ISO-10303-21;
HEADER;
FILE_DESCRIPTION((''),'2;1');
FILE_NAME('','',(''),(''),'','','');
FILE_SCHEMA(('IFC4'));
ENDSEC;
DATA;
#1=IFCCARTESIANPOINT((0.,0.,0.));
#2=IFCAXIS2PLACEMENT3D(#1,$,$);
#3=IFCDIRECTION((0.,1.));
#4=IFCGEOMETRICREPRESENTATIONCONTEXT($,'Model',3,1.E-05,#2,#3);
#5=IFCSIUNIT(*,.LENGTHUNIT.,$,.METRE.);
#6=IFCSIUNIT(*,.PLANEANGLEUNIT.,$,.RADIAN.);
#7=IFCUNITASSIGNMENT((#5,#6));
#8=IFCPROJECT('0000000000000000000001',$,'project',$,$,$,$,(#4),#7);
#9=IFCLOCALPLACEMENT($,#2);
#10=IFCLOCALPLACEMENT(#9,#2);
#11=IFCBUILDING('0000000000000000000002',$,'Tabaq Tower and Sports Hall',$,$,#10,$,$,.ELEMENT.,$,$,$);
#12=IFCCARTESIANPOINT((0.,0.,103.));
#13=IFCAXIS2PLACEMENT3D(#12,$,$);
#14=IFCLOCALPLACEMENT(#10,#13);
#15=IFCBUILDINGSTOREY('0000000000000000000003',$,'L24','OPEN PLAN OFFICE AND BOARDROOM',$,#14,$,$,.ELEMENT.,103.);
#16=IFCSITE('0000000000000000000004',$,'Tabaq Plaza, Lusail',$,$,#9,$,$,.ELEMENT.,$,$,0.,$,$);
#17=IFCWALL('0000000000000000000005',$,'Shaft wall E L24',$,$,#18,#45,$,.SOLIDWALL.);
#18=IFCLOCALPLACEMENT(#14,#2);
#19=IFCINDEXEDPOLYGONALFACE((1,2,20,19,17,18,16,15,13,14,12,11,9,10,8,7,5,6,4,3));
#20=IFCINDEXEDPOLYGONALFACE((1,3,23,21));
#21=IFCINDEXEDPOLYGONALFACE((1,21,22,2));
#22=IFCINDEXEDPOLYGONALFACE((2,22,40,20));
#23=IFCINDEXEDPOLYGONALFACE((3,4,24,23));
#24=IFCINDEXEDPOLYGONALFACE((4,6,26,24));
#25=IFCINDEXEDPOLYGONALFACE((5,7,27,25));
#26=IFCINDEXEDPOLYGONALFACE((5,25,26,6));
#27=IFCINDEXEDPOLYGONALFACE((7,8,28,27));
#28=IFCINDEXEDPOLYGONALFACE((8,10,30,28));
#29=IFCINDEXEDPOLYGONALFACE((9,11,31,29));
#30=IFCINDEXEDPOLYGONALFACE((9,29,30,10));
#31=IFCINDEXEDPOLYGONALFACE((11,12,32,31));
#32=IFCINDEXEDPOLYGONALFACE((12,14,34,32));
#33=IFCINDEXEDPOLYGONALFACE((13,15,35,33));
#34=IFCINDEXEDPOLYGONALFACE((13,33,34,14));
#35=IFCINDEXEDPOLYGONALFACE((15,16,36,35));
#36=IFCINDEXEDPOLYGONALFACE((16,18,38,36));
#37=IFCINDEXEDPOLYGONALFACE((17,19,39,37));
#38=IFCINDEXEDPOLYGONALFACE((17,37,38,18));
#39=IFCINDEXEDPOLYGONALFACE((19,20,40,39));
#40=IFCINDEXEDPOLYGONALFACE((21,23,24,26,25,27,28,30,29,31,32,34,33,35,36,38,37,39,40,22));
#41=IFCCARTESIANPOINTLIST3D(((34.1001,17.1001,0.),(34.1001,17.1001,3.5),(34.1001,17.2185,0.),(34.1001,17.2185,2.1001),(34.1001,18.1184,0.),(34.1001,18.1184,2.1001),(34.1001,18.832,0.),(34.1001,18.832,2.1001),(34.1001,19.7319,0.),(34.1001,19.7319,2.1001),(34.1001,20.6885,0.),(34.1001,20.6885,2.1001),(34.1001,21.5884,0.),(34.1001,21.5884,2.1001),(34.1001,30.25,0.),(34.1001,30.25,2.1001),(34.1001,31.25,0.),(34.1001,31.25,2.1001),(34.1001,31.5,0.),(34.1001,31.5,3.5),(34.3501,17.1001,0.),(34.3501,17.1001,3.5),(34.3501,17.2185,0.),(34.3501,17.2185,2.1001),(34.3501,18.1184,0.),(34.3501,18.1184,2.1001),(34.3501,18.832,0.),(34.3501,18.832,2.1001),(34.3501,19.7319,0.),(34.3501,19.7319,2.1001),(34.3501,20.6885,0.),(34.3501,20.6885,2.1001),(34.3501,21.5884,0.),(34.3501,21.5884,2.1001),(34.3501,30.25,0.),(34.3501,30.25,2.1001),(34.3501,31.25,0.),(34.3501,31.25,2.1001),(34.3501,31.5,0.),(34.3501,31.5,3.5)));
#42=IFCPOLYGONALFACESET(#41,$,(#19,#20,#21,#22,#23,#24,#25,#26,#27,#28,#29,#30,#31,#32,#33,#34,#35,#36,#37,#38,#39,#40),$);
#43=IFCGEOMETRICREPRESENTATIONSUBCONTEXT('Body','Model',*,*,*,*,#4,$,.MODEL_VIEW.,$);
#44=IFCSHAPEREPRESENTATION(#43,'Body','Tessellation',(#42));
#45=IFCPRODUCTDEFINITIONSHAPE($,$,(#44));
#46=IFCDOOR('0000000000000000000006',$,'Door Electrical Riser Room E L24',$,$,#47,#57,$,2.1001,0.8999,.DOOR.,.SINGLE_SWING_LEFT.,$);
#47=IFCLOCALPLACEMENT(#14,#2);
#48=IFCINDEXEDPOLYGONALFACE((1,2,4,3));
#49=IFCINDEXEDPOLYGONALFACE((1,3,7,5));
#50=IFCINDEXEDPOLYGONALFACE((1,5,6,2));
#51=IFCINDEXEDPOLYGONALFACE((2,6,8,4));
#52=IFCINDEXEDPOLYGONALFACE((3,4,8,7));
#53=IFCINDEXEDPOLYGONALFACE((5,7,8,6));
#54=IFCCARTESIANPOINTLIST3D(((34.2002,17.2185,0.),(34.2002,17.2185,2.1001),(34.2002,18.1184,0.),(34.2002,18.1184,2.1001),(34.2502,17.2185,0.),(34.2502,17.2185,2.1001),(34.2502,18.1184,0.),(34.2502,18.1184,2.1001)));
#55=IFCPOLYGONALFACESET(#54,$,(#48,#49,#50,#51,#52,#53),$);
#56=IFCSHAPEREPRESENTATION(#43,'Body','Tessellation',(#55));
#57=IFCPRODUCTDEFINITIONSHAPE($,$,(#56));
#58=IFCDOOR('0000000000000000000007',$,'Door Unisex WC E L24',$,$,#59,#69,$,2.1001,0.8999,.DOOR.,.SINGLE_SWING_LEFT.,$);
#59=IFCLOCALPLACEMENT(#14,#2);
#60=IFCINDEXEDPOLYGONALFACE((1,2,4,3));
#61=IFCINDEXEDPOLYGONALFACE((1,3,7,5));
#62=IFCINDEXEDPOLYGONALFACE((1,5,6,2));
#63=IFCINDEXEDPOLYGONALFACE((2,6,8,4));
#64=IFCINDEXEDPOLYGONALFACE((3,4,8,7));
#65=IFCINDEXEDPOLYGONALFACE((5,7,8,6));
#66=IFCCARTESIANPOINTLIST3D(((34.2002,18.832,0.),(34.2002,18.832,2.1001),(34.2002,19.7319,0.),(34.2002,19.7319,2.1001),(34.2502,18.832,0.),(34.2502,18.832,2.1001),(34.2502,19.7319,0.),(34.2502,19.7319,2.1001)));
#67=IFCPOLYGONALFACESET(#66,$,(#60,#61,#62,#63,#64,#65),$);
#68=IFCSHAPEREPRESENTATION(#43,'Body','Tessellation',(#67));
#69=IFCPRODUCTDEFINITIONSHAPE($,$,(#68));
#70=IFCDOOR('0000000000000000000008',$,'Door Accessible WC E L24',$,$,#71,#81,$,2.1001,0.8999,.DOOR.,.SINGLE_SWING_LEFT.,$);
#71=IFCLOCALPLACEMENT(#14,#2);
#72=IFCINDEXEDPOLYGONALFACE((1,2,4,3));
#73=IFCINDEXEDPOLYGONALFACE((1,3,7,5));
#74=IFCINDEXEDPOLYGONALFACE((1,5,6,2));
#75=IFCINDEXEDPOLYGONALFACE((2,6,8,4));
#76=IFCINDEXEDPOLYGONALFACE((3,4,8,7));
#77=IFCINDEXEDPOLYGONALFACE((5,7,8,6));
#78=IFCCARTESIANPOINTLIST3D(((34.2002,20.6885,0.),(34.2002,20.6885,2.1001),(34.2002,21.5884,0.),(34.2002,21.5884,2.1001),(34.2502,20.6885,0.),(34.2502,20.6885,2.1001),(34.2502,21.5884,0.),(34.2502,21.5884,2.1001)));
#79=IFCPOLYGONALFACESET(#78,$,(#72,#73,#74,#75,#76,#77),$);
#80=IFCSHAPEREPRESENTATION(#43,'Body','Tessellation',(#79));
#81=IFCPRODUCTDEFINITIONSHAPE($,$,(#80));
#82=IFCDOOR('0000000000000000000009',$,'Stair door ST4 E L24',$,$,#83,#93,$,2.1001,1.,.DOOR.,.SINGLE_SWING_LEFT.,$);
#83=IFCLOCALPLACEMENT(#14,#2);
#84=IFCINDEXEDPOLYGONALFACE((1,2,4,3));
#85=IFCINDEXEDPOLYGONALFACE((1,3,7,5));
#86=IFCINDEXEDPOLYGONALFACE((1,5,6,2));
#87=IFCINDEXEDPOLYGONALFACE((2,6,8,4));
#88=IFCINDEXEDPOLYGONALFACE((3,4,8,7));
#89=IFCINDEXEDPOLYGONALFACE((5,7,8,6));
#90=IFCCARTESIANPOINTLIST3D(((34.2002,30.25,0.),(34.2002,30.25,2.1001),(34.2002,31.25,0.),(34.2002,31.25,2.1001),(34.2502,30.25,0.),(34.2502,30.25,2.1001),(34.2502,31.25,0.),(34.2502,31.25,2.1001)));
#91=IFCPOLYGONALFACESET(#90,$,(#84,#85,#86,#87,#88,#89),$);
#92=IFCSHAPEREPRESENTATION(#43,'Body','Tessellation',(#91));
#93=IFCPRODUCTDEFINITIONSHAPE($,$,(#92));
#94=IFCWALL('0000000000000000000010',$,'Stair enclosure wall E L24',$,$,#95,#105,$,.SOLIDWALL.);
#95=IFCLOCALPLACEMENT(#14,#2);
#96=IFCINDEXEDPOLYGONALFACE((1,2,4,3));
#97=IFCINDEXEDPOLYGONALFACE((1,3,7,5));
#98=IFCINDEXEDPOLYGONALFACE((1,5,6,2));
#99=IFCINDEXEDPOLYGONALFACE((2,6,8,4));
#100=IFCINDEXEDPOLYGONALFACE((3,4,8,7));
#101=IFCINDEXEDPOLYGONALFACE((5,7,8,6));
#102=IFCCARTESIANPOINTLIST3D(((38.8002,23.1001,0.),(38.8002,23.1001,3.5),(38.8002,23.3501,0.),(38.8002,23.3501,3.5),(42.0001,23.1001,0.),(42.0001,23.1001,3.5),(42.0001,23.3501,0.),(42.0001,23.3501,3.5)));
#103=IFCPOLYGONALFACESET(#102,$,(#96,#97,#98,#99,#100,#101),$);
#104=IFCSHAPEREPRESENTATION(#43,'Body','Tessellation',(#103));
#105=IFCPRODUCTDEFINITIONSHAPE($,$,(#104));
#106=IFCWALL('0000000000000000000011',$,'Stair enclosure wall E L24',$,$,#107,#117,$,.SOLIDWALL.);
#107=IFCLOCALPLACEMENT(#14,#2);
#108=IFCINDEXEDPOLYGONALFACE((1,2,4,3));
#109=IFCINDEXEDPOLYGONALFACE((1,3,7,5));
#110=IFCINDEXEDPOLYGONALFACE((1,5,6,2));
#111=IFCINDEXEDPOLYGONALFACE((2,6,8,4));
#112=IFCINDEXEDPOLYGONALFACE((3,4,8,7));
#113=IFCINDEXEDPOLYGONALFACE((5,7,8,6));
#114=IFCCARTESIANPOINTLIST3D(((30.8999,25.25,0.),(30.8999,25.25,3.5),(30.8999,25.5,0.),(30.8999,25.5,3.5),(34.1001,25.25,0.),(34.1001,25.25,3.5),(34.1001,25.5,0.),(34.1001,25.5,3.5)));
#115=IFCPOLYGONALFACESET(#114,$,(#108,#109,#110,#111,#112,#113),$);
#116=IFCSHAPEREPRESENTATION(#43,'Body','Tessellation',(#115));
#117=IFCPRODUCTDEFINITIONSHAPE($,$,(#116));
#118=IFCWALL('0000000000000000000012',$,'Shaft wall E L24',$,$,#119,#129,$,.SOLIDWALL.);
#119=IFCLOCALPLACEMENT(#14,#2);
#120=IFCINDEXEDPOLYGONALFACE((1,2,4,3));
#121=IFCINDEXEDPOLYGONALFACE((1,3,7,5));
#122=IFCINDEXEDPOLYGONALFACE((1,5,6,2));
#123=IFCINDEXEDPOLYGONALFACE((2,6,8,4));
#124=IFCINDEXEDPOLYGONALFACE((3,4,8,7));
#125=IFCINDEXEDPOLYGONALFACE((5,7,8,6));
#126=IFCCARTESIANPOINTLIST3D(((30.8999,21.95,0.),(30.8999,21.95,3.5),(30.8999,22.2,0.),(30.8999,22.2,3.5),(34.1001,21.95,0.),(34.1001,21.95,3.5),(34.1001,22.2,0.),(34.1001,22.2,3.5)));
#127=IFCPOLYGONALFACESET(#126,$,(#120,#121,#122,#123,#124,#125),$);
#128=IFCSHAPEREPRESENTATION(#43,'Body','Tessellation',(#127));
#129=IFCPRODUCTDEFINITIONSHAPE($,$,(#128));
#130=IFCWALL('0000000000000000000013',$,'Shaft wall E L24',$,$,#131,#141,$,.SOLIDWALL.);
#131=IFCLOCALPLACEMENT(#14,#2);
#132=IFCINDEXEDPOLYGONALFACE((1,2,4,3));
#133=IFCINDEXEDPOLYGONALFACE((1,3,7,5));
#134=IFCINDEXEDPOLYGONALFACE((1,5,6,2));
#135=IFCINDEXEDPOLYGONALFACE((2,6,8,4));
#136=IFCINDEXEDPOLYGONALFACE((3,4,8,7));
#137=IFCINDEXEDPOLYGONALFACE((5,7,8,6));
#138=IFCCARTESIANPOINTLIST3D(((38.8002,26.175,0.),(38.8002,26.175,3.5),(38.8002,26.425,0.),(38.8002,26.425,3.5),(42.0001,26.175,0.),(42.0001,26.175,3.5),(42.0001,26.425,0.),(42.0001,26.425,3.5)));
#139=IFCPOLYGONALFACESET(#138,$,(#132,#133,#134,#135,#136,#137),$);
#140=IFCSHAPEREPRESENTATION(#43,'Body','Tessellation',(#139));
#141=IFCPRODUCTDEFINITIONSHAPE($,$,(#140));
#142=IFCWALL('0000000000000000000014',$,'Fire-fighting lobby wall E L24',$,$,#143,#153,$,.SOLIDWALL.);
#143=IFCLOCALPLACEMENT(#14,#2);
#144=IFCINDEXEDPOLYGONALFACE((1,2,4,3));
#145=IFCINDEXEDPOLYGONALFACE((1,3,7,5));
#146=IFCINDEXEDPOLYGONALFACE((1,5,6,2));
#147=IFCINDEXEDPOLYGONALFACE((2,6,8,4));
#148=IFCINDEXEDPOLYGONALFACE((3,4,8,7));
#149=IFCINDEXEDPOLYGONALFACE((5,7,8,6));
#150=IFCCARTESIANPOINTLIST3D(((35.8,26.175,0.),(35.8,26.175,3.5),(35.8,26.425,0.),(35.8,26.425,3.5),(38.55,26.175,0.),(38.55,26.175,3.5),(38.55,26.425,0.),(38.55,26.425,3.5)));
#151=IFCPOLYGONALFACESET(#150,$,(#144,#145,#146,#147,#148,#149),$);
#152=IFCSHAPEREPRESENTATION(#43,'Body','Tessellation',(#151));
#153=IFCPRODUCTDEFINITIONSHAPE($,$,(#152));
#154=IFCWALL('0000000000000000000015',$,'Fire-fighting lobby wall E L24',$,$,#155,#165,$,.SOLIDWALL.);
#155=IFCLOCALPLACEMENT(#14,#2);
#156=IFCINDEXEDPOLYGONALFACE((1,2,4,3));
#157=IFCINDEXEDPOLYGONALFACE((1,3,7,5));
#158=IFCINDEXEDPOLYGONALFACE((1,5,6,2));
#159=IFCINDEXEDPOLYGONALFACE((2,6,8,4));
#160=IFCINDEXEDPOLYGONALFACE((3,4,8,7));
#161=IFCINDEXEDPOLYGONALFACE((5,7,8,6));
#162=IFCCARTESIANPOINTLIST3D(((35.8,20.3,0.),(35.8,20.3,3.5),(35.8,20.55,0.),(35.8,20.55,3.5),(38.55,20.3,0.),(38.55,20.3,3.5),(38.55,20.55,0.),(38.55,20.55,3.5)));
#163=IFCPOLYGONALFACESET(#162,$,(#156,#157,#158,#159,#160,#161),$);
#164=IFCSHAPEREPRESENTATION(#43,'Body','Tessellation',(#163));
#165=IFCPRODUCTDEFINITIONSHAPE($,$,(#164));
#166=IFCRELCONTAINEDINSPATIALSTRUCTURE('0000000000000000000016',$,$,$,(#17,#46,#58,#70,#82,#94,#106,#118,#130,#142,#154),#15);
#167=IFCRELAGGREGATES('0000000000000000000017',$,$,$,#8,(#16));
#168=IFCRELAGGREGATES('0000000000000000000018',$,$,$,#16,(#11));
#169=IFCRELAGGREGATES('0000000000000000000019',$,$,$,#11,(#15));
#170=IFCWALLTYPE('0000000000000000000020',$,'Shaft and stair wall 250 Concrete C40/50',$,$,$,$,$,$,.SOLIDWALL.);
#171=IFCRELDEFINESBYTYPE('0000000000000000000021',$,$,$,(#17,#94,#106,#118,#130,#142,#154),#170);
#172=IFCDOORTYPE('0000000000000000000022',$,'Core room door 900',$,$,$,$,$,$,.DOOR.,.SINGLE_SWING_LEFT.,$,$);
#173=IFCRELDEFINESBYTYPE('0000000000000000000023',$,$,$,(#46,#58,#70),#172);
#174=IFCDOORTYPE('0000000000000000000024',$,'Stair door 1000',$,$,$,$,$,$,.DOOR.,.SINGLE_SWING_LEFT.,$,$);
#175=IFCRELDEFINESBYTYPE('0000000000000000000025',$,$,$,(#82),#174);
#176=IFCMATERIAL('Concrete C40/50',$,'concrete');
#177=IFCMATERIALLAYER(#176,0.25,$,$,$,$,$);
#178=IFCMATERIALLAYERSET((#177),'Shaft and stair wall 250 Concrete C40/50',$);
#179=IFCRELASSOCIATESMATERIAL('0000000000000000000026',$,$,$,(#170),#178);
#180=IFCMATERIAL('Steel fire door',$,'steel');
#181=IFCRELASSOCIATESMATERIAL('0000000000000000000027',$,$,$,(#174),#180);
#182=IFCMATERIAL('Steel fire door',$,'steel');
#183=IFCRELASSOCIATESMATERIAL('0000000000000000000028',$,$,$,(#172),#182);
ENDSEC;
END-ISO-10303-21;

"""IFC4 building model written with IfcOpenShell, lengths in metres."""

from ifc_helpers import new_model, si_unit, direction, frame, frame_2d, origin, place, context, subcontext, project, spatial, rectangle, extrude, material, layer, layer_set, type_object, element, fill, save


model = new_model("IFC4")

# Units and contexts
model_context = context("Model", 3, precision=1e-05, world=origin(), true_north=direction((0.0, 1.0)))
body_context = subcontext(model_context, "Body", "Model", "MODEL_VIEW")
ifc_project = project(units=[si_unit("LENGTHUNIT", "METRE"), si_unit("PLANEANGLEUNIT", "RADIAN")], contexts=[model_context])

# Site, building, storey
site_placement = place(None, origin())
site = spatial("IfcSite", under=ifc_project, at=site_placement, Name="Tabaq Plaza, Lusail", CompositionType="ELEMENT", RefElevation=0.0)
building_placement = place(site_placement, origin())
building = spatial("IfcBuilding", under=site, at=building_placement, Name="Tabaq Tower and Sports Hall", CompositionType="ELEMENT")
storey_placement = place(building_placement, frame((0.0, 0.0, 103.0)))
storey = spatial("IfcBuildingStorey", under=building, at=storey_placement, Name="L24", Description="OPEN PLAN OFFICE AND BOARDROOM", CompositionType="ELEMENT", Elevation=103.0)

# Wall, openings, doors
ifc_material_1 = material(Name="Concrete C40/50", Category="concrete")
ifc_layer_1 = layer(ifc_material_1, 0.25)
ifc_layer_set_1 = layer_set([ifc_layer_1], Name="Shaft and stair wall 250 Concrete C40/50")
wall_type_1 = type_object("IfcWallType", Name="Shaft and stair wall 250 Concrete C40/50", PredefinedType="SOLIDWALL", material=ifc_layer_set_1)
ifc_material_2 = material(Name="Steel fire door", Category="steel")
door_type_1 = type_object("IfcDoorType", Name="Stair door 1000", OperationType="SINGLE_SWING_LEFT", PredefinedType="DOOR", material=ifc_material_2)
wall_1_placement = place(storey_placement, frame((34.2251, 17.1001, 0.0), z_axis=(0.0, 0.0, 1.0), x_axis=(0.0, 1.0, 0.0)))
wall_1 = element("IfcWall", 1, at=wall_1_placement, inside=storey, type_object=wall_type_1, Name="Shaft wall E L24", PredefinedType="SOLIDWALL", context=body_context, shape_type="SweptSolid", body=[
    extrude(rectangle(XDim=14.3999, YDim=0.25, at=frame_2d((7.2, 0.0))), origin(), (0.0, 0.0, 1.0), 3.5),
])
opening_1_placement = place(wall_1_placement, frame((13.1499, 0.0, 0.0)))
opening_1 = element("IfcOpeningElement", 2, at=opening_1_placement, cuts=wall_1, PredefinedType="OPENING", context=body_context, shape_type="SweptSolid", body=[
    extrude(rectangle(XDim=1.0, YDim=2.1001, at=frame_2d((0.5, 1.05))), frame((0.0, 0.125, 0.0), z_axis=(0.0, -1.0, 0.0), x_axis=(1.0, 0.0, 0.0)), (0.0, 0.0, 1.0), 0.25),
])
opening_2_placement = place(wall_1_placement, frame((0.1184, 0.0, 0.0)))
opening_2 = element("IfcOpeningElement", 3, at=opening_2_placement, cuts=wall_1, PredefinedType="OPENING", context=body_context, shape_type="SweptSolid", body=[
    extrude(rectangle(XDim=0.8999, YDim=2.1001, at=frame_2d((0.45, 1.05))), frame((0.0, 0.125, 0.0), z_axis=(0.0, -1.0, 0.0), x_axis=(1.0, 0.0, 0.0)), (0.0, 0.0, 1.0), 0.25),
])
opening_3_placement = place(wall_1_placement, frame((1.7319, 0.0, 0.0)))
opening_3 = element("IfcOpeningElement", 4, at=opening_3_placement, cuts=wall_1, PredefinedType="OPENING", context=body_context, shape_type="SweptSolid", body=[
    extrude(rectangle(XDim=0.8999, YDim=2.1001, at=frame_2d((0.45, 1.05))), frame((0.0, 0.125, 0.0), z_axis=(0.0, -1.0, 0.0), x_axis=(1.0, 0.0, 0.0)), (0.0, 0.0, 1.0), 0.25),
])
opening_4_placement = place(wall_1_placement, frame((3.5884, 0.0, 0.0)))
opening_4 = element("IfcOpeningElement", 5, at=opening_4_placement, cuts=wall_1, PredefinedType="OPENING", context=body_context, shape_type="SweptSolid", body=[
    extrude(rectangle(XDim=0.8999, YDim=2.1001, at=frame_2d((0.45, 1.05))), frame((0.0, 0.125, 0.0), z_axis=(0.0, -1.0, 0.0), x_axis=(1.0, 0.0, 0.0)), (0.0, 0.0, 1.0), 0.25),
])
ifc_material_3 = material(Name="Steel fire door", Category="steel")
door_type_2 = type_object("IfcDoorType", Name="Core room door 900", OperationType="SINGLE_SWING_LEFT", PredefinedType="DOOR", material=ifc_material_3)
door_1_placement = place(opening_2_placement, origin())
door_1 = element("IfcDoor", 6, at=door_1_placement, inside=storey, type_object=door_type_2, Name="Door Electrical Riser Room E L24", OperationType="SINGLE_SWING_LEFT", OverallHeight=2.1001, OverallWidth=0.8999, PredefinedType="DOOR", context=body_context, shape_type="SweptSolid", body=[
    extrude(rectangle(XDim=0.8999, YDim=2.1001, at=frame_2d((0.45, 1.05))), frame((0.0, 0.0249, 0.0), z_axis=(0.0, -1.0, 0.0), x_axis=(1.0, 0.0, 0.0)), (0.0, 0.0, 1.0), 0.05),
])
fill(opening_2, door_1)
door_2_placement = place(opening_3_placement, origin())
door_2 = element("IfcDoor", 7, at=door_2_placement, inside=storey, type_object=door_type_2, Name="Door Unisex WC E L24", OperationType="SINGLE_SWING_LEFT", OverallHeight=2.1001, OverallWidth=0.8999, PredefinedType="DOOR", context=body_context, shape_type="SweptSolid", body=[
    extrude(rectangle(XDim=0.8999, YDim=2.1001, at=frame_2d((0.45, 1.05))), frame((0.0, 0.0249, 0.0), z_axis=(0.0, -1.0, 0.0), x_axis=(1.0, 0.0, 0.0)), (0.0, 0.0, 1.0), 0.05),
])
fill(opening_3, door_2)
door_3_placement = place(opening_4_placement, origin())
door_3 = element("IfcDoor", 8, at=door_3_placement, inside=storey, type_object=door_type_2, Name="Door Accessible WC E L24", OperationType="SINGLE_SWING_LEFT", OverallHeight=2.1001, OverallWidth=0.8999, PredefinedType="DOOR", context=body_context, shape_type="SweptSolid", body=[
    extrude(rectangle(XDim=0.8999, YDim=2.1001, at=frame_2d((0.45, 1.05))), frame((0.0, 0.0249, 0.0), z_axis=(0.0, -1.0, 0.0), x_axis=(1.0, 0.0, 0.0)), (0.0, 0.0, 1.0), 0.05),
])
fill(opening_4, door_3)
door_4_placement = place(opening_1_placement, origin())
door_4 = element("IfcDoor", 9, at=door_4_placement, inside=storey, type_object=door_type_1, Name="Stair door ST4 E L24", OperationType="SINGLE_SWING_LEFT", OverallHeight=2.1001, OverallWidth=1.0, PredefinedType="DOOR", context=body_context, shape_type="SweptSolid", body=[
    extrude(rectangle(XDim=1.0, YDim=2.1001, at=frame_2d((0.5, 1.05))), frame((0.0, 0.0249, 0.0), z_axis=(0.0, -1.0, 0.0), x_axis=(1.0, 0.0, 0.0)), (0.0, 0.0, 1.0), 0.05),
])
fill(opening_1, door_4)

# Walls
wall_2_placement = place(storey_placement, frame((38.8, 23.2251, 0.0), z_axis=(0.0, 0.0, 1.0), x_axis=(1.0, 0.0, 0.0)))
element("IfcWall", 10, at=wall_2_placement, inside=storey, type_object=wall_type_1, Name="Stair enclosure wall E L24", PredefinedType="SOLIDWALL", context=body_context, shape_type="SweptSolid", body=[
    extrude(rectangle(XDim=3.2, YDim=0.25, at=frame_2d((1.6001, 0.0))), origin(), (0.0, 0.0, 1.0), 3.5),
])
for number, where, z_axis, x_axis, name in (
    (11, (30.8999, 25.375, 0.0), (0.0, 0.0, 1.0), (1.0, 0.0, 0.0), "Stair enclosure wall E L24"),
    (12, (30.8999, 22.075, 0.0), (0.0, 0.0, 1.0), (1.0, 0.0, 0.0), "Shaft wall E L24"),
):
    element("IfcWall", number, at=place(storey_placement, frame(where, z_axis=z_axis, x_axis=x_axis)), inside=storey, type_object=wall_type_1, Name=name, PredefinedType="SOLIDWALL", context=body_context, shape_type="SweptSolid", body=[
        extrude(rectangle(XDim=3.2002, YDim=0.25, at=frame_2d((1.6001, 0.0))), origin(), (0.0, 0.0, 1.0), 3.5),
    ])
wall_3_placement = place(storey_placement, frame((38.8, 26.3, 0.0), z_axis=(0.0, 0.0, 1.0), x_axis=(1.0, 0.0, 0.0)))
element("IfcWall", 13, at=wall_3_placement, inside=storey, type_object=wall_type_1, Name="Shaft wall E L24", PredefinedType="SOLIDWALL", context=body_context, shape_type="SweptSolid", body=[
    extrude(rectangle(XDim=3.2, YDim=0.25, at=frame_2d((1.6001, 0.0))), origin(), (0.0, 0.0, 1.0), 3.5),
])
for number, where, z_axis, x_axis, name in (
    (14, (35.8, 26.3, 0.0), (0.0, 0.0, 1.0), (1.0, 0.0, 0.0), "Fire-fighting lobby wall E L24"),
    (15, (35.8, 20.425, 0.0), (0.0, 0.0, 1.0), (1.0, 0.0, 0.0), "Fire-fighting lobby wall E L24"),
):
    element("IfcWall", number, at=place(storey_placement, frame(where, z_axis=z_axis, x_axis=x_axis)), inside=storey, type_object=wall_type_1, Name=name, PredefinedType="SOLIDWALL", context=body_context, shape_type="SweptSolid", body=[
        extrude(rectangle(XDim=2.75, YDim=0.25, at=frame_2d((1.375, 0.0))), origin(), (0.0, 0.0, 1.0), 3.5),
    ])

save(model, "model.ifc")
